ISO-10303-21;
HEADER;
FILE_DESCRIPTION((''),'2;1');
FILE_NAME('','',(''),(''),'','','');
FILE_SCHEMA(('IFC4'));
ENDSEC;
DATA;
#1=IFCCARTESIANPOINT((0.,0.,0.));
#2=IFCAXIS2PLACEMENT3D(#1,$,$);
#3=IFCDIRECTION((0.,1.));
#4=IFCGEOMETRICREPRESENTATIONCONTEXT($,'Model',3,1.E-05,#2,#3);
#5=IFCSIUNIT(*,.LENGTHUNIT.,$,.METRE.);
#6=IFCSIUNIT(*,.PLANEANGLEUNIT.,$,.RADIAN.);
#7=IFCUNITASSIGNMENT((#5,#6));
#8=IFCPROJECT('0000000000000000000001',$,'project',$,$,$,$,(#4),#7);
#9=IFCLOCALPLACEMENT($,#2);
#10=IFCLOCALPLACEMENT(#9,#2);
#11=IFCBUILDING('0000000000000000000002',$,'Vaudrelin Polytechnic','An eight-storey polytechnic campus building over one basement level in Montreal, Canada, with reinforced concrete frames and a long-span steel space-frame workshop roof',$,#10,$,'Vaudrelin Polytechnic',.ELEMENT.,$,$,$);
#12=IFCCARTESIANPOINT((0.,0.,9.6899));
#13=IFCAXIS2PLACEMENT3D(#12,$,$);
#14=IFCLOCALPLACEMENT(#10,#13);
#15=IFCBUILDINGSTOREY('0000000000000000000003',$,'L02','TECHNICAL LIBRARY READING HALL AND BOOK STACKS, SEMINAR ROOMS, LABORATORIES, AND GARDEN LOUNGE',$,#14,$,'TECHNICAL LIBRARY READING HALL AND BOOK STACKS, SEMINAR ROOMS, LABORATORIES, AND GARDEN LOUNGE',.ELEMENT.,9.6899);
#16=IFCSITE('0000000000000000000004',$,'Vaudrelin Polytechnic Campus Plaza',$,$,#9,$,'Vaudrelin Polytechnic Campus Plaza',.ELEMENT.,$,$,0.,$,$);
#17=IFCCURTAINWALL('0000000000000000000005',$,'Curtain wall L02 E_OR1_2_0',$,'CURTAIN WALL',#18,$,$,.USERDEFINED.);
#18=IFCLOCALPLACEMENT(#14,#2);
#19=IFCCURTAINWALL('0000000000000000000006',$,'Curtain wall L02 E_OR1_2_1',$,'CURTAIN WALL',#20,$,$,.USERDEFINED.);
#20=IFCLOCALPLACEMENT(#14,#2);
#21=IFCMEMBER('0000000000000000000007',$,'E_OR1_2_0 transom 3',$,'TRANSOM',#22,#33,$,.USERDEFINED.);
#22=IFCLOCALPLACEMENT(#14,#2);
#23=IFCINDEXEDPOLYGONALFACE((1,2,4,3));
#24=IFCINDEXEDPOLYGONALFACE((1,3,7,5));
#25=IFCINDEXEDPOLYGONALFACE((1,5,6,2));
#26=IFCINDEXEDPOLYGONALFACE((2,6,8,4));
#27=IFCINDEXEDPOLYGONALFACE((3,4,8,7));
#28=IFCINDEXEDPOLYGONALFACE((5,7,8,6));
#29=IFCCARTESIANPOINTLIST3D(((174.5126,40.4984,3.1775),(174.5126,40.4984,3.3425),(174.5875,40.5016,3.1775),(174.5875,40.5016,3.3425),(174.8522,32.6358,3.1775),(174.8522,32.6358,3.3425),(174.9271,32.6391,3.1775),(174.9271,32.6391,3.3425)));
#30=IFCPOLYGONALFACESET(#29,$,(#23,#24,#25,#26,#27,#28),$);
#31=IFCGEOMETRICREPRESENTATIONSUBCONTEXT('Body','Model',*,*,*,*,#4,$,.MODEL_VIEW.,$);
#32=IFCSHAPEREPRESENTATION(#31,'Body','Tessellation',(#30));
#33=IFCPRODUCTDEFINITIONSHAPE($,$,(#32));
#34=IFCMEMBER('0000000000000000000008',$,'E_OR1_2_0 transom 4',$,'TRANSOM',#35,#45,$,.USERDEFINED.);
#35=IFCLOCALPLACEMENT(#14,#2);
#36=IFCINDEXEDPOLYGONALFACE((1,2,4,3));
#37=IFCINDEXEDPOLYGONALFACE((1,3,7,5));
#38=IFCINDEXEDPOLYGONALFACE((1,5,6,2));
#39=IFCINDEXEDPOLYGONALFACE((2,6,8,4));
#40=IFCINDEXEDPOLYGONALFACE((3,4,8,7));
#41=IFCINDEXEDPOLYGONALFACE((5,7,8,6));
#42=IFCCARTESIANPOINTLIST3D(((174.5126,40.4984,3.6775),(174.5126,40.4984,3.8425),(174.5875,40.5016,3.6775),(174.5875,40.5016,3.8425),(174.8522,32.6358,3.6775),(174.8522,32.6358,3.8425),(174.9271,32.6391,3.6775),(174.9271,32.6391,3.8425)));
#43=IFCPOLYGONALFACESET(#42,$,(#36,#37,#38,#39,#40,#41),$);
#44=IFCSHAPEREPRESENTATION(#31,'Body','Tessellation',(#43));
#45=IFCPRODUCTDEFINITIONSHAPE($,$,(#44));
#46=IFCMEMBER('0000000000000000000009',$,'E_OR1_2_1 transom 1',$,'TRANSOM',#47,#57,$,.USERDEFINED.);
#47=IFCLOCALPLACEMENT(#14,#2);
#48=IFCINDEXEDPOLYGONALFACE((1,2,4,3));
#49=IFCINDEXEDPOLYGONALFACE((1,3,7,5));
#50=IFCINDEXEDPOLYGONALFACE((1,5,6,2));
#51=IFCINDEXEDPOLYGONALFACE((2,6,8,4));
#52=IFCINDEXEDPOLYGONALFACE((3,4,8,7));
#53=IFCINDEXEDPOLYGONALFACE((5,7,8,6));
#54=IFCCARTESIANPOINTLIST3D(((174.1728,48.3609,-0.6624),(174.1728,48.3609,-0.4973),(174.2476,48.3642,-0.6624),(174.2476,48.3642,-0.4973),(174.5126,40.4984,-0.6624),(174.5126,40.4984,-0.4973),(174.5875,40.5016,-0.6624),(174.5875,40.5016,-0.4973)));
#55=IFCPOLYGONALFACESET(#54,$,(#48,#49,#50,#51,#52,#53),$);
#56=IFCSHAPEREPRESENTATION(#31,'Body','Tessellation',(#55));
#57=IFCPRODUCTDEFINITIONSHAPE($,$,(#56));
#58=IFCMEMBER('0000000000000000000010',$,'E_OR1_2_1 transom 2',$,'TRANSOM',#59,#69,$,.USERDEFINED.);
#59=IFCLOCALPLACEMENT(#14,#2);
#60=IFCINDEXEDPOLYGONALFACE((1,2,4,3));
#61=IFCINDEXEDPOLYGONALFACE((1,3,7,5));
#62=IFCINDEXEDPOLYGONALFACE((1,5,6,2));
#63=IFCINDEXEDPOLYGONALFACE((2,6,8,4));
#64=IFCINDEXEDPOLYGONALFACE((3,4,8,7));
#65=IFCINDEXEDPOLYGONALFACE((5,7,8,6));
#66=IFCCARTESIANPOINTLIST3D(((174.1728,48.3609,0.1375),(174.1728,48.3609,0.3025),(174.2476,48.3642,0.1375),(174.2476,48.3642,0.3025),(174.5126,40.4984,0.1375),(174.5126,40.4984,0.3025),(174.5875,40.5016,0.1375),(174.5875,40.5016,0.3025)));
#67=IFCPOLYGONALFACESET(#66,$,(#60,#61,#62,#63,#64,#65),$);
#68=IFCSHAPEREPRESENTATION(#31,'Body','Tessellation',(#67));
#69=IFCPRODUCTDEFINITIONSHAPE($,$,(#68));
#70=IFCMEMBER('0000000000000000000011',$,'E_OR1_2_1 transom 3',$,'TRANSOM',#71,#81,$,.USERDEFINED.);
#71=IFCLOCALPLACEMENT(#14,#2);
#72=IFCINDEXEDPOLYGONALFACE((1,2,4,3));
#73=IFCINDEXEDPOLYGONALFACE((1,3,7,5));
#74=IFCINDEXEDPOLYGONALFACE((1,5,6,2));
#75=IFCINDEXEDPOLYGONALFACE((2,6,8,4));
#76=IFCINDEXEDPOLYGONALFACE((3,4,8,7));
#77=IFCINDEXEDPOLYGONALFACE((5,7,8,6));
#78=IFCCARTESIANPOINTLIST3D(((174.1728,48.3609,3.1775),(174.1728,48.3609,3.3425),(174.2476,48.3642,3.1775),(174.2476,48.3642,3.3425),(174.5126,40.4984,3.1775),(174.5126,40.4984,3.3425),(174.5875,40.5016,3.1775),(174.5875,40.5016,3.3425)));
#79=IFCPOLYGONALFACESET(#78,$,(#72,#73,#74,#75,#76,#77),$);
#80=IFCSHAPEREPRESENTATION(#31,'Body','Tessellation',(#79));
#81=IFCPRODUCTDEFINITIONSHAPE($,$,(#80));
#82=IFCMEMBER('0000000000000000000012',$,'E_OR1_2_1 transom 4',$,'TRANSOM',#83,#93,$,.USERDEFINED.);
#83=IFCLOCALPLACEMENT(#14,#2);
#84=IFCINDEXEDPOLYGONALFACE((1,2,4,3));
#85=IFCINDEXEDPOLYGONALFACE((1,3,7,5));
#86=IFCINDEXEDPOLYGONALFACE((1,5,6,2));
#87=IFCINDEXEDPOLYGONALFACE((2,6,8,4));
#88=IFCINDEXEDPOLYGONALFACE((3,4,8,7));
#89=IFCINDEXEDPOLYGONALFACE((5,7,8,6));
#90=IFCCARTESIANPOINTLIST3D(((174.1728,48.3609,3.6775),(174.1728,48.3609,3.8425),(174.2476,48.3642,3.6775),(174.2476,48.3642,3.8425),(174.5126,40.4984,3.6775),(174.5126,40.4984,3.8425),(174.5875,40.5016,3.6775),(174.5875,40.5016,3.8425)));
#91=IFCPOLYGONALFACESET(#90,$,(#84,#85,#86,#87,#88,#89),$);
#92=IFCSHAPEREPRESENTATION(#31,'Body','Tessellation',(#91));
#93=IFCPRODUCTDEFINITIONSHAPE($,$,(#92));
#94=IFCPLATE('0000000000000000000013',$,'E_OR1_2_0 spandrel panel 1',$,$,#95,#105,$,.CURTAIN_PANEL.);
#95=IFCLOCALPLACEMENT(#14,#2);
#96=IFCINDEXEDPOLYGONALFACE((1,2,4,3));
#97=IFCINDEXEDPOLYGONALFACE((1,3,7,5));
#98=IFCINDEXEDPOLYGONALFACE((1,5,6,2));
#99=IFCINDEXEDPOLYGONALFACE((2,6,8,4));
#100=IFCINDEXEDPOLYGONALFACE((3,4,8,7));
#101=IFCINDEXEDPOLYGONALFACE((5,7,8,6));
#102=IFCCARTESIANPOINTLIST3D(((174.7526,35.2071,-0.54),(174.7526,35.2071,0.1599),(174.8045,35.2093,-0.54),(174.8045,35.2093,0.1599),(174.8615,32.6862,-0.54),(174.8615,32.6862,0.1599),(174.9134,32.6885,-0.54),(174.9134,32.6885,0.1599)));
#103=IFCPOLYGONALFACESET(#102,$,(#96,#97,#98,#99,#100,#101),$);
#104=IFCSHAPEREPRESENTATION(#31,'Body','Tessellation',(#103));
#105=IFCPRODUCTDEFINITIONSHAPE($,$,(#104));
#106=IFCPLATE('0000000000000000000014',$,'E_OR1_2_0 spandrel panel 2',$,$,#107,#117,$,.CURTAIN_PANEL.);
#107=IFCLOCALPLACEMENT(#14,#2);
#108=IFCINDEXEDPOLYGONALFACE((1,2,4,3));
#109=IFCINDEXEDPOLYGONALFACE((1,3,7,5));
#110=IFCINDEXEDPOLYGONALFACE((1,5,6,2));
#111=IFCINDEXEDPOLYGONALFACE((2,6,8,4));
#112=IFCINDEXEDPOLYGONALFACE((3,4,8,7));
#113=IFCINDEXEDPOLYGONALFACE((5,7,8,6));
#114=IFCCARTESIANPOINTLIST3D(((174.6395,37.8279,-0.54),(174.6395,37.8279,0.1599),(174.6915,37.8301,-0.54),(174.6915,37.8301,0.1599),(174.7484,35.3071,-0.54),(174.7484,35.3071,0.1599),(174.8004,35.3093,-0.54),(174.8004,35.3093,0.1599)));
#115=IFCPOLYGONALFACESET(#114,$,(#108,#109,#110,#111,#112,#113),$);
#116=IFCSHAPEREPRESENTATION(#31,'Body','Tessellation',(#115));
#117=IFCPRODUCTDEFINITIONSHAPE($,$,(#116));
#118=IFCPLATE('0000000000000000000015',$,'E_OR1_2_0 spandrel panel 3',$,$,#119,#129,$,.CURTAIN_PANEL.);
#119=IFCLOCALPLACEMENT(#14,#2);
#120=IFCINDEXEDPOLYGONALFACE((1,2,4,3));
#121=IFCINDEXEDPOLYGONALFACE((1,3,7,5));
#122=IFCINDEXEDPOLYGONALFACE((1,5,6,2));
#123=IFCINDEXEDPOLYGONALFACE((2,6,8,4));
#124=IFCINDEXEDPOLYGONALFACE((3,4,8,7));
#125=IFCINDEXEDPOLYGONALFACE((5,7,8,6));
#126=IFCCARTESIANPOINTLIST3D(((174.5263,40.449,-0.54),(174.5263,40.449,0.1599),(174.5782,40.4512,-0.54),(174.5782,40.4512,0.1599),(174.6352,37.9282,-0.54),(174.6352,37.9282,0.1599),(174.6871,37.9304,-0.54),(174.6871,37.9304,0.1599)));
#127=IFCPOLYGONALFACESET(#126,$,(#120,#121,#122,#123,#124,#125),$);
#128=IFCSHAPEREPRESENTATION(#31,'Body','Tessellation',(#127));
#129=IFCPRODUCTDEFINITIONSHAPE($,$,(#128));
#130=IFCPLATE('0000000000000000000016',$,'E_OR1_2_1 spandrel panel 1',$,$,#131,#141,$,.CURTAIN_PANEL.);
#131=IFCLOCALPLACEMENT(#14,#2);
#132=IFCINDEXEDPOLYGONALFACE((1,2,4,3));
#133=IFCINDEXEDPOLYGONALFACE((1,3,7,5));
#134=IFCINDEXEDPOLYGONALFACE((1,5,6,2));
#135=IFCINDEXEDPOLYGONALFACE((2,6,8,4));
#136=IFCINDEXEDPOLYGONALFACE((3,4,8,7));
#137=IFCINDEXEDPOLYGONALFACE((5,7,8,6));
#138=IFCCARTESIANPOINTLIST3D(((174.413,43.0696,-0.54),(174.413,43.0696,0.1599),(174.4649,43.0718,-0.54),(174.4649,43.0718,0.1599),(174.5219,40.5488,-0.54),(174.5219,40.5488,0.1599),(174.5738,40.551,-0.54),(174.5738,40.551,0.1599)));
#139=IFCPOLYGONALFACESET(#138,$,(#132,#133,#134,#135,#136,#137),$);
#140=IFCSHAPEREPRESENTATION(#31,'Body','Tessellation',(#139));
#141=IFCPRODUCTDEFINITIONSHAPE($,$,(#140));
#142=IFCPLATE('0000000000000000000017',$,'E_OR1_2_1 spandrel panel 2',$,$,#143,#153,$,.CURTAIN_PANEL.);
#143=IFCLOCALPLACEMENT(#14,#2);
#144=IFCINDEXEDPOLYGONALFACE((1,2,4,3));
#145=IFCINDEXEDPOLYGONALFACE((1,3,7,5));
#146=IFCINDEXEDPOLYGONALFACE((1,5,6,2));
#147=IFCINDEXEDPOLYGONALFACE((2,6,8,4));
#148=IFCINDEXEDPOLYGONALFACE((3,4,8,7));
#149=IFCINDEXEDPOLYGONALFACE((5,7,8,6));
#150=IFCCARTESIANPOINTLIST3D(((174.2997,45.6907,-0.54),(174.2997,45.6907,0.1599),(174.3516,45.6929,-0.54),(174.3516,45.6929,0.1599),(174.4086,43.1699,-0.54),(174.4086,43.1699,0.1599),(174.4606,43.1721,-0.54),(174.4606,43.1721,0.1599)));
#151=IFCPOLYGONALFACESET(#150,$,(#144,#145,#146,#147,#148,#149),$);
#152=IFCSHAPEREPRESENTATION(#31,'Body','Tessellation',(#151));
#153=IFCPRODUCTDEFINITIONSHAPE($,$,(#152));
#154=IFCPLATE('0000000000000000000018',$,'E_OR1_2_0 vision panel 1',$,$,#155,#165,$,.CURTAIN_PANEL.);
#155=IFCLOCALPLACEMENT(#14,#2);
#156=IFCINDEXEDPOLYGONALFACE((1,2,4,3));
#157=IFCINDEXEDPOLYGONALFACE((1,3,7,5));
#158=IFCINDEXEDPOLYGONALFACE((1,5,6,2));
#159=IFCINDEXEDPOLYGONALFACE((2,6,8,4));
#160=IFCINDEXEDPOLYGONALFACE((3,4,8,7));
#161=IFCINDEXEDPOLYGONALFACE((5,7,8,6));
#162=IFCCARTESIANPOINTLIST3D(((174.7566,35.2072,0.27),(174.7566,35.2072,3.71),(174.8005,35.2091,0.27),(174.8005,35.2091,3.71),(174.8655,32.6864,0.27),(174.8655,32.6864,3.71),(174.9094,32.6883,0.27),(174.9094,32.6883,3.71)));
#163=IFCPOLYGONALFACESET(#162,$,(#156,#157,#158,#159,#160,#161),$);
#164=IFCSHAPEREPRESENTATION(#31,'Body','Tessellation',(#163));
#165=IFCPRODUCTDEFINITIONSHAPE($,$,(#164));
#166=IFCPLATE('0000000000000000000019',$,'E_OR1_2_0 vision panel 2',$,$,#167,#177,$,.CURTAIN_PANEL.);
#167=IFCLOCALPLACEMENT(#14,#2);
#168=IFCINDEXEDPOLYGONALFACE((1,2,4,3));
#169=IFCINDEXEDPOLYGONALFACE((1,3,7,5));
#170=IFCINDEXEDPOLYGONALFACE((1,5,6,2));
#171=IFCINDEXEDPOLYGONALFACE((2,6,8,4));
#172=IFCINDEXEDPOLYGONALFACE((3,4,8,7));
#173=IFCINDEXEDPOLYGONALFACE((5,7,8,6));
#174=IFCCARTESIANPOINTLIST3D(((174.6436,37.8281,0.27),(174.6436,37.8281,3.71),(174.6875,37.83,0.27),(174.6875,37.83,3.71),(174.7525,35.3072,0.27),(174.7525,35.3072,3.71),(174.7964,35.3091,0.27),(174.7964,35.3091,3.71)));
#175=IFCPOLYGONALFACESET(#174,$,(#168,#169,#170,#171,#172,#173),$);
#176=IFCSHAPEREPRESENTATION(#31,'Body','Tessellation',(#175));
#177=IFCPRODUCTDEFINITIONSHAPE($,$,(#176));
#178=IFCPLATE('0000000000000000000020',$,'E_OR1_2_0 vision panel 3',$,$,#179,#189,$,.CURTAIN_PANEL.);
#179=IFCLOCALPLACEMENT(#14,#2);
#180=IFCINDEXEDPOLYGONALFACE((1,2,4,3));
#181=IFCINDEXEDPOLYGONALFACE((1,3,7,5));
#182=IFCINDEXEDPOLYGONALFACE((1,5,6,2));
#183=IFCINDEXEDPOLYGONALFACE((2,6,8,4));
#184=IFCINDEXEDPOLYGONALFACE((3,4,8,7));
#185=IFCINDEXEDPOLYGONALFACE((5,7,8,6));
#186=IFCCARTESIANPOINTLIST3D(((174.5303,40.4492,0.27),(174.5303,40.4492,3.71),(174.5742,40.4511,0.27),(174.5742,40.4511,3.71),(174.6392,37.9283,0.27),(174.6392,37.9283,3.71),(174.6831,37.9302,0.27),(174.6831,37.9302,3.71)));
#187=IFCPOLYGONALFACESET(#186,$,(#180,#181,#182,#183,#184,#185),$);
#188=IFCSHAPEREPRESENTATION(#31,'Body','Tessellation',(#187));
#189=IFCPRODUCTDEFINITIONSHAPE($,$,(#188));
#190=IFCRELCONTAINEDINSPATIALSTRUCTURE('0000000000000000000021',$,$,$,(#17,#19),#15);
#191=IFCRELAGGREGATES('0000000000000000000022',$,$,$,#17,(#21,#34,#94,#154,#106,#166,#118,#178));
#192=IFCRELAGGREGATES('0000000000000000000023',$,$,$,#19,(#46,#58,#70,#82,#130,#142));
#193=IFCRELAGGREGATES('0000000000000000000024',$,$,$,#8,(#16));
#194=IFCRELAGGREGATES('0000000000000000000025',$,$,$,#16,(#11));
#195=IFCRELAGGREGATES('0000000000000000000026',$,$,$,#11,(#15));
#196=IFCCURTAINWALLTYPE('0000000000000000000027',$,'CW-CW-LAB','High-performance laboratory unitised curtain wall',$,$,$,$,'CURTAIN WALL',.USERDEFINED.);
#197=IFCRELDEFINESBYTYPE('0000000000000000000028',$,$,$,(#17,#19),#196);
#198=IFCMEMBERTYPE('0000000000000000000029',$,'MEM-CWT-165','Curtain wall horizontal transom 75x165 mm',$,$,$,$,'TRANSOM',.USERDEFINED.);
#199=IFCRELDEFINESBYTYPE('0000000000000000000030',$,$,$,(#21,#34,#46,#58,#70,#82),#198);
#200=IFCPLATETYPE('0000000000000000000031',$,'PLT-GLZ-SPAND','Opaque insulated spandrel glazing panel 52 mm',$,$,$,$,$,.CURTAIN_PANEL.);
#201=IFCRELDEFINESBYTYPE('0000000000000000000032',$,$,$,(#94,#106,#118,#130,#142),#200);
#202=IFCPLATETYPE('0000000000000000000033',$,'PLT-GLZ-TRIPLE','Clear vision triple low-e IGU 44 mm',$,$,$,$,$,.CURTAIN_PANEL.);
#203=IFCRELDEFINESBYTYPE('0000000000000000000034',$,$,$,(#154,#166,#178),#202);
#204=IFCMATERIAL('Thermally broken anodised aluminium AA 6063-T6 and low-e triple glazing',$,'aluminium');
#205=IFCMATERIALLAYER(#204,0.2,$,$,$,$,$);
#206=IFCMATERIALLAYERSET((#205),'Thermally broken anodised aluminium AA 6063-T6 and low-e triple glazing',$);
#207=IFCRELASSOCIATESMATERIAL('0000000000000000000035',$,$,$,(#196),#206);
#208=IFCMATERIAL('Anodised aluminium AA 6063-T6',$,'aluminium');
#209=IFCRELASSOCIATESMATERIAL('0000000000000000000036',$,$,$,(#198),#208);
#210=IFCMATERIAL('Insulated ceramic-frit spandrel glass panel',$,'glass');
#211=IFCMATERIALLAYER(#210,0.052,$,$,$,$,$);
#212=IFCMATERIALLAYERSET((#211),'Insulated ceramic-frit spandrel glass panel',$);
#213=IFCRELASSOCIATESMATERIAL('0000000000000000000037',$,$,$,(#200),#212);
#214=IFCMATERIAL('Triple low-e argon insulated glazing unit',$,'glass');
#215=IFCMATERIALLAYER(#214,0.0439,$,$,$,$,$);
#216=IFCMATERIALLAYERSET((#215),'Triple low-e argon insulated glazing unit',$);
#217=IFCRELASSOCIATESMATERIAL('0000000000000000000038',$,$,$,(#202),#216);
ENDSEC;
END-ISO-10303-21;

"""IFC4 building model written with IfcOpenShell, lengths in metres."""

from ifc_helpers import new_model, si_unit, direction, frame, origin, origin_2d, place, context, subcontext, project, spatial, rectangle, extrude, material, layer, layer_set, material_profile, profile_set, type_object, element, aggregate, save


model = new_model("IFC4")

# Units and contexts
model_context = context("Model", 3, precision=1e-05, world=origin(), true_north=direction((0.0, 1.0)))
body_context = subcontext(model_context, "Body", "Model", "MODEL_VIEW")
ifc_project = project(units=[si_unit("LENGTHUNIT", "METRE"), si_unit("PLANEANGLEUNIT", "RADIAN")], contexts=[model_context])

# Site, building, storey
site_placement = place(None, origin())
site = spatial("IfcSite", under=ifc_project, at=site_placement, Name="Vaudrelin Polytechnic Campus Plaza", LongName="Vaudrelin Polytechnic Campus Plaza", CompositionType="ELEMENT", RefElevation=0.0)
building_placement = place(site_placement, origin())
building = spatial("IfcBuilding", under=site, at=building_placement, Name="Vaudrelin Polytechnic", Description="An eight-storey polytechnic campus building over one basement level in Montreal, Canada, with reinforced concrete frames and a long-span steel space-frame workshop roof", LongName="Vaudrelin Polytechnic", CompositionType="ELEMENT")
storey_placement = place(building_placement, frame((0.0, 0.0, 9.6899)))
storey = spatial("IfcBuildingStorey", under=building, at=storey_placement, Name="L02", Description="TECHNICAL LIBRARY READING HALL AND BOOK STACKS, SEMINAR ROOMS, LABORATORIES, AND GARDEN LOUNGE", LongName="TECHNICAL LIBRARY READING HALL AND BOOK STACKS, SEMINAR ROOMS, LABORATORIES, AND GARDEN LOUNGE", CompositionType="ELEMENT", Elevation=9.6899)

# Curtain walls
ifc_material_1 = material(Name="Thermally broken anodised aluminium AA 6063-T6 and low-e triple glazing", Category="aluminium")
ifc_layer_1 = layer(ifc_material_1, 0.2)
ifc_layer_set_1 = layer_set([ifc_layer_1], Name="Thermally broken anodised aluminium AA 6063-T6 and low-e triple glazing")
curtain_wall_type = type_object("IfcCurtainWallType", Name="CW-CW-LAB", Description="High-performance laboratory unitised curtain wall", ElementType="CURTAIN WALL", PredefinedType="USERDEFINED", material=ifc_layer_set_1)
curtain_wall_1_placement = place(storey_placement, origin())
curtain_wall_1 = element("IfcCurtainWall", 1, at=curtain_wall_1_placement, inside=storey, type_object=curtain_wall_type, Name="Curtain wall L02 E_OR1_2_0", ObjectType="CURTAIN WALL", PredefinedType="USERDEFINED")
ifc_material_2 = material(Name="Anodised aluminium AA 6063-T6", Category="aluminium")
curtain_wall_2_placement = place(storey_placement, origin())
curtain_wall_2 = element("IfcCurtainWall", 2, at=curtain_wall_2_placement, inside=storey, type_object=curtain_wall_type, Name="Curtain wall L02 E_OR1_2_1", ObjectType="CURTAIN WALL", PredefinedType="USERDEFINED")

# Members
ifc_material_profile_1 = material_profile(ifc_material_2, rectangle(XDim=0.075, YDim=0.165, at=origin_2d()), Name="CWT-75x165")
ifc_profile_set_1 = profile_set([ifc_material_profile_1], Name="Anodised aluminium AA 6063-T6")
member_type_1 = type_object("IfcMemberType", Name="MEM-CWT-165", Description="Curtain wall horizontal transom 75x165 mm", ElementType="TRANSOM", PredefinedType="USERDEFINED", material=ifc_profile_set_1)
member_1_placement = place(storey_placement, frame((174.8896, 32.6375, 3.26), z_axis=(-0.043152, 0.999069, 0.0), x_axis=(-0.999069, -0.043152, 0.0)))
member_1 = element("IfcMember", 3, at=member_1_placement, type_object=member_type_1, Name="E_OR1_2_0 transom 3", ObjectType="TRANSOM", PredefinedType="USERDEFINED", context=body_context, shape_type="SweptSolid", body=[
    extrude(rectangle(XDim=0.075, YDim=0.165, at=origin_2d()), origin(), (0.0, 0.0, 1.0), 7.8699),
])
member_2_placement = place(storey_placement, frame((174.8896, 32.6375, 3.76), z_axis=(-0.043152, 0.999069, 0.0), x_axis=(-0.999069, -0.043152, 0.0)))
member_2 = element("IfcMember", 4, at=member_2_placement, type_object=member_type_1, Name="E_OR1_2_0 transom 4", ObjectType="TRANSOM", PredefinedType="USERDEFINED", context=body_context, shape_type="SweptSolid", body=[
    extrude(rectangle(XDim=0.075, YDim=0.165, at=origin_2d()), origin(), (0.0, 0.0, 1.0), 7.8699),
])
member_3_placement = place(storey_placement, frame((174.55, 40.5, -0.5798), z_axis=(-0.043183, 0.999067, 0.0), x_axis=(-0.999067, -0.043183, 0.0)))
member_3 = element("IfcMember", 5, at=member_3_placement, type_object=member_type_1, Name="E_OR1_2_1 transom 1", ObjectType="TRANSOM", PredefinedType="USERDEFINED", context=body_context, shape_type="SweptSolid", body=[
    extrude(rectangle(XDim=0.075, YDim=0.165, at=origin_2d()), origin(), (0.0, 0.0, 1.0), 7.8699),
])
member_4_placement = place(storey_placement, frame((174.55, 40.5, 0.22), z_axis=(-0.043183, 0.999067, 0.0), x_axis=(-0.999067, -0.043183, 0.0)))
member_4 = element("IfcMember", 6, at=member_4_placement, type_object=member_type_1, Name="E_OR1_2_1 transom 2", ObjectType="TRANSOM", PredefinedType="USERDEFINED", context=body_context, shape_type="SweptSolid", body=[
    extrude(rectangle(XDim=0.075, YDim=0.165, at=origin_2d()), origin(), (0.0, 0.0, 1.0), 7.8699),
])
member_5_placement = place(storey_placement, frame((174.55, 40.5, 3.26), z_axis=(-0.043183, 0.999067, 0.0), x_axis=(-0.999067, -0.043183, 0.0)))
member_5 = element("IfcMember", 7, at=member_5_placement, type_object=member_type_1, Name="E_OR1_2_1 transom 3", ObjectType="TRANSOM", PredefinedType="USERDEFINED", context=body_context, shape_type="SweptSolid", body=[
    extrude(rectangle(XDim=0.075, YDim=0.165, at=origin_2d()), origin(), (0.0, 0.0, 1.0), 7.8699),
])
member_6_placement = place(storey_placement, frame((174.55, 40.5, 3.76), z_axis=(-0.043183, 0.999067, 0.0), x_axis=(-0.999067, -0.043183, 0.0)))
member_6 = element("IfcMember", 8, at=member_6_placement, type_object=member_type_1, Name="E_OR1_2_1 transom 4", ObjectType="TRANSOM", PredefinedType="USERDEFINED", context=body_context, shape_type="SweptSolid", body=[
    extrude(rectangle(XDim=0.075, YDim=0.165, at=origin_2d()), origin(), (0.0, 0.0, 1.0), 7.8699),
])

# Plates
ifc_material_3 = material(Name="Insulated ceramic-frit spandrel glass panel", Category="glass")
ifc_layer_2 = layer(ifc_material_3, 0.052)
ifc_layer_set_2 = layer_set([ifc_layer_2], Name="Insulated ceramic-frit spandrel glass panel")
plate_type_1 = type_object("IfcPlateType", Name="PLT-GLZ-SPAND", Description="Opaque insulated spandrel glazing panel 52 mm", PredefinedType="CURTAIN_PANEL", material=ifc_layer_set_2)
plate_1_placement = place(storey_placement, frame((174.833, 33.9478, -0.54), z_axis=(0.0, 0.0, 1.0), x_axis=(-0.043164, 0.999068, 0.0)))
plate_1 = element("IfcPlate", 9, at=plate_1_placement, type_object=plate_type_1, Name="E_OR1_2_0 spandrel panel 1", PredefinedType="CURTAIN_PANEL", context=body_context, shape_type="SweptSolid", body=[
    extrude(rectangle(XDim=2.5232, YDim=0.052, at=origin_2d()), origin(), (0.0, 0.0, 1.0), 0.7),
])
plate_2_placement = place(storey_placement, frame((174.72, 36.5686, -0.54), z_axis=(0.0, 0.0, 1.0), x_axis=(-0.043164, 0.999068, 0.0)))
plate_2 = element("IfcPlate", 10, at=plate_2_placement, type_object=plate_type_1, Name="E_OR1_2_0 spandrel panel 2", PredefinedType="CURTAIN_PANEL", context=body_context, shape_type="SweptSolid", body=[
    extrude(rectangle(XDim=2.5232, YDim=0.052, at=origin_2d()), origin(), (0.0, 0.0, 1.0), 0.7),
])
plate_3_placement = place(storey_placement, frame((174.6067, 39.1897, -0.54), z_axis=(0.0, 0.0, 1.0), x_axis=(-0.043164, 0.999068, 0.0)))
plate_3 = element("IfcPlate", 11, at=plate_3_placement, type_object=plate_type_1, Name="E_OR1_2_0 spandrel panel 3", PredefinedType="CURTAIN_PANEL", context=body_context, shape_type="SweptSolid", body=[
    extrude(rectangle(XDim=2.5232, YDim=0.052, at=origin_2d()), origin(), (0.0, 0.0, 1.0), 0.7),
])
plate_4_placement = place(storey_placement, frame((174.4934, 41.8103, -0.54), z_axis=(0.0, 0.0, 1.0), x_axis=(-0.043164, 0.999068, 0.0)))
plate_4 = element("IfcPlate", 12, at=plate_4_placement, type_object=plate_type_1, Name="E_OR1_2_1 spandrel panel 1", PredefinedType="CURTAIN_PANEL", context=body_context, shape_type="SweptSolid", body=[
    extrude(rectangle(XDim=2.5232, YDim=0.052, at=origin_2d()), origin(), (0.0, 0.0, 1.0), 0.7),
])
plate_5_placement = place(storey_placement, frame((174.3801, 44.4314, -0.54), z_axis=(0.0, 0.0, 1.0), x_axis=(-0.043164, 0.999068, 0.0)))
plate_5 = element("IfcPlate", 13, at=plate_5_placement, type_object=plate_type_1, Name="E_OR1_2_1 spandrel panel 2", PredefinedType="CURTAIN_PANEL", context=body_context, shape_type="SweptSolid", body=[
    extrude(rectangle(XDim=2.5232, YDim=0.052, at=origin_2d()), origin(), (0.0, 0.0, 1.0), 0.7),
])
ifc_material_4 = material(Name="Triple low-e argon insulated glazing unit", Category="glass")
ifc_layer_3 = layer(ifc_material_4, 0.0439)
ifc_layer_set_3 = layer_set([ifc_layer_3], Name="Triple low-e argon insulated glazing unit")
plate_type_2 = type_object("IfcPlateType", Name="PLT-GLZ-TRIPLE", Description="Clear vision triple low-e IGU 44 mm", PredefinedType="CURTAIN_PANEL", material=ifc_layer_set_3)
plate_6_placement = place(storey_placement, frame((174.833, 33.9478, 0.27), z_axis=(0.0, 0.0, 1.0), x_axis=(-0.043164, 0.999068, 0.0)))
plate_6 = element("IfcPlate", 14, at=plate_6_placement, type_object=plate_type_2, Name="E_OR1_2_0 vision panel 1", PredefinedType="CURTAIN_PANEL", context=body_context, shape_type="SweptSolid", body=[
    extrude(rectangle(XDim=2.5232, YDim=0.0439, at=origin_2d()), origin(), (0.0, 0.0, 1.0), 3.4399),
])
plate_7_placement = place(storey_placement, frame((174.72, 36.5686, 0.27), z_axis=(0.0, 0.0, 1.0), x_axis=(-0.043164, 0.999068, 0.0)))
plate_7 = element("IfcPlate", 15, at=plate_7_placement, type_object=plate_type_2, Name="E_OR1_2_0 vision panel 2", PredefinedType="CURTAIN_PANEL", context=body_context, shape_type="SweptSolid", body=[
    extrude(rectangle(XDim=2.5232, YDim=0.0439, at=origin_2d()), origin(), (0.0, 0.0, 1.0), 3.4399),
])
plate_8_placement = place(storey_placement, frame((174.6067, 39.1897, 0.27), z_axis=(0.0, 0.0, 1.0), x_axis=(-0.043164, 0.999068, 0.0)))
plate_8 = element("IfcPlate", 16, at=plate_8_placement, type_object=plate_type_2, Name="E_OR1_2_0 vision panel 3", PredefinedType="CURTAIN_PANEL", context=body_context, shape_type="SweptSolid", body=[
    extrude(rectangle(XDim=2.5232, YDim=0.0439, at=origin_2d()), origin(), (0.0, 0.0, 1.0), 3.4399),
])
aggregate(curtain_wall_1, [member_1, member_2, plate_1, plate_6, plate_2, plate_7, plate_3, plate_8])
aggregate(curtain_wall_2, [member_3, member_4, member_5, member_6, plate_4, plate_5])

save(model, "model.ifc")
